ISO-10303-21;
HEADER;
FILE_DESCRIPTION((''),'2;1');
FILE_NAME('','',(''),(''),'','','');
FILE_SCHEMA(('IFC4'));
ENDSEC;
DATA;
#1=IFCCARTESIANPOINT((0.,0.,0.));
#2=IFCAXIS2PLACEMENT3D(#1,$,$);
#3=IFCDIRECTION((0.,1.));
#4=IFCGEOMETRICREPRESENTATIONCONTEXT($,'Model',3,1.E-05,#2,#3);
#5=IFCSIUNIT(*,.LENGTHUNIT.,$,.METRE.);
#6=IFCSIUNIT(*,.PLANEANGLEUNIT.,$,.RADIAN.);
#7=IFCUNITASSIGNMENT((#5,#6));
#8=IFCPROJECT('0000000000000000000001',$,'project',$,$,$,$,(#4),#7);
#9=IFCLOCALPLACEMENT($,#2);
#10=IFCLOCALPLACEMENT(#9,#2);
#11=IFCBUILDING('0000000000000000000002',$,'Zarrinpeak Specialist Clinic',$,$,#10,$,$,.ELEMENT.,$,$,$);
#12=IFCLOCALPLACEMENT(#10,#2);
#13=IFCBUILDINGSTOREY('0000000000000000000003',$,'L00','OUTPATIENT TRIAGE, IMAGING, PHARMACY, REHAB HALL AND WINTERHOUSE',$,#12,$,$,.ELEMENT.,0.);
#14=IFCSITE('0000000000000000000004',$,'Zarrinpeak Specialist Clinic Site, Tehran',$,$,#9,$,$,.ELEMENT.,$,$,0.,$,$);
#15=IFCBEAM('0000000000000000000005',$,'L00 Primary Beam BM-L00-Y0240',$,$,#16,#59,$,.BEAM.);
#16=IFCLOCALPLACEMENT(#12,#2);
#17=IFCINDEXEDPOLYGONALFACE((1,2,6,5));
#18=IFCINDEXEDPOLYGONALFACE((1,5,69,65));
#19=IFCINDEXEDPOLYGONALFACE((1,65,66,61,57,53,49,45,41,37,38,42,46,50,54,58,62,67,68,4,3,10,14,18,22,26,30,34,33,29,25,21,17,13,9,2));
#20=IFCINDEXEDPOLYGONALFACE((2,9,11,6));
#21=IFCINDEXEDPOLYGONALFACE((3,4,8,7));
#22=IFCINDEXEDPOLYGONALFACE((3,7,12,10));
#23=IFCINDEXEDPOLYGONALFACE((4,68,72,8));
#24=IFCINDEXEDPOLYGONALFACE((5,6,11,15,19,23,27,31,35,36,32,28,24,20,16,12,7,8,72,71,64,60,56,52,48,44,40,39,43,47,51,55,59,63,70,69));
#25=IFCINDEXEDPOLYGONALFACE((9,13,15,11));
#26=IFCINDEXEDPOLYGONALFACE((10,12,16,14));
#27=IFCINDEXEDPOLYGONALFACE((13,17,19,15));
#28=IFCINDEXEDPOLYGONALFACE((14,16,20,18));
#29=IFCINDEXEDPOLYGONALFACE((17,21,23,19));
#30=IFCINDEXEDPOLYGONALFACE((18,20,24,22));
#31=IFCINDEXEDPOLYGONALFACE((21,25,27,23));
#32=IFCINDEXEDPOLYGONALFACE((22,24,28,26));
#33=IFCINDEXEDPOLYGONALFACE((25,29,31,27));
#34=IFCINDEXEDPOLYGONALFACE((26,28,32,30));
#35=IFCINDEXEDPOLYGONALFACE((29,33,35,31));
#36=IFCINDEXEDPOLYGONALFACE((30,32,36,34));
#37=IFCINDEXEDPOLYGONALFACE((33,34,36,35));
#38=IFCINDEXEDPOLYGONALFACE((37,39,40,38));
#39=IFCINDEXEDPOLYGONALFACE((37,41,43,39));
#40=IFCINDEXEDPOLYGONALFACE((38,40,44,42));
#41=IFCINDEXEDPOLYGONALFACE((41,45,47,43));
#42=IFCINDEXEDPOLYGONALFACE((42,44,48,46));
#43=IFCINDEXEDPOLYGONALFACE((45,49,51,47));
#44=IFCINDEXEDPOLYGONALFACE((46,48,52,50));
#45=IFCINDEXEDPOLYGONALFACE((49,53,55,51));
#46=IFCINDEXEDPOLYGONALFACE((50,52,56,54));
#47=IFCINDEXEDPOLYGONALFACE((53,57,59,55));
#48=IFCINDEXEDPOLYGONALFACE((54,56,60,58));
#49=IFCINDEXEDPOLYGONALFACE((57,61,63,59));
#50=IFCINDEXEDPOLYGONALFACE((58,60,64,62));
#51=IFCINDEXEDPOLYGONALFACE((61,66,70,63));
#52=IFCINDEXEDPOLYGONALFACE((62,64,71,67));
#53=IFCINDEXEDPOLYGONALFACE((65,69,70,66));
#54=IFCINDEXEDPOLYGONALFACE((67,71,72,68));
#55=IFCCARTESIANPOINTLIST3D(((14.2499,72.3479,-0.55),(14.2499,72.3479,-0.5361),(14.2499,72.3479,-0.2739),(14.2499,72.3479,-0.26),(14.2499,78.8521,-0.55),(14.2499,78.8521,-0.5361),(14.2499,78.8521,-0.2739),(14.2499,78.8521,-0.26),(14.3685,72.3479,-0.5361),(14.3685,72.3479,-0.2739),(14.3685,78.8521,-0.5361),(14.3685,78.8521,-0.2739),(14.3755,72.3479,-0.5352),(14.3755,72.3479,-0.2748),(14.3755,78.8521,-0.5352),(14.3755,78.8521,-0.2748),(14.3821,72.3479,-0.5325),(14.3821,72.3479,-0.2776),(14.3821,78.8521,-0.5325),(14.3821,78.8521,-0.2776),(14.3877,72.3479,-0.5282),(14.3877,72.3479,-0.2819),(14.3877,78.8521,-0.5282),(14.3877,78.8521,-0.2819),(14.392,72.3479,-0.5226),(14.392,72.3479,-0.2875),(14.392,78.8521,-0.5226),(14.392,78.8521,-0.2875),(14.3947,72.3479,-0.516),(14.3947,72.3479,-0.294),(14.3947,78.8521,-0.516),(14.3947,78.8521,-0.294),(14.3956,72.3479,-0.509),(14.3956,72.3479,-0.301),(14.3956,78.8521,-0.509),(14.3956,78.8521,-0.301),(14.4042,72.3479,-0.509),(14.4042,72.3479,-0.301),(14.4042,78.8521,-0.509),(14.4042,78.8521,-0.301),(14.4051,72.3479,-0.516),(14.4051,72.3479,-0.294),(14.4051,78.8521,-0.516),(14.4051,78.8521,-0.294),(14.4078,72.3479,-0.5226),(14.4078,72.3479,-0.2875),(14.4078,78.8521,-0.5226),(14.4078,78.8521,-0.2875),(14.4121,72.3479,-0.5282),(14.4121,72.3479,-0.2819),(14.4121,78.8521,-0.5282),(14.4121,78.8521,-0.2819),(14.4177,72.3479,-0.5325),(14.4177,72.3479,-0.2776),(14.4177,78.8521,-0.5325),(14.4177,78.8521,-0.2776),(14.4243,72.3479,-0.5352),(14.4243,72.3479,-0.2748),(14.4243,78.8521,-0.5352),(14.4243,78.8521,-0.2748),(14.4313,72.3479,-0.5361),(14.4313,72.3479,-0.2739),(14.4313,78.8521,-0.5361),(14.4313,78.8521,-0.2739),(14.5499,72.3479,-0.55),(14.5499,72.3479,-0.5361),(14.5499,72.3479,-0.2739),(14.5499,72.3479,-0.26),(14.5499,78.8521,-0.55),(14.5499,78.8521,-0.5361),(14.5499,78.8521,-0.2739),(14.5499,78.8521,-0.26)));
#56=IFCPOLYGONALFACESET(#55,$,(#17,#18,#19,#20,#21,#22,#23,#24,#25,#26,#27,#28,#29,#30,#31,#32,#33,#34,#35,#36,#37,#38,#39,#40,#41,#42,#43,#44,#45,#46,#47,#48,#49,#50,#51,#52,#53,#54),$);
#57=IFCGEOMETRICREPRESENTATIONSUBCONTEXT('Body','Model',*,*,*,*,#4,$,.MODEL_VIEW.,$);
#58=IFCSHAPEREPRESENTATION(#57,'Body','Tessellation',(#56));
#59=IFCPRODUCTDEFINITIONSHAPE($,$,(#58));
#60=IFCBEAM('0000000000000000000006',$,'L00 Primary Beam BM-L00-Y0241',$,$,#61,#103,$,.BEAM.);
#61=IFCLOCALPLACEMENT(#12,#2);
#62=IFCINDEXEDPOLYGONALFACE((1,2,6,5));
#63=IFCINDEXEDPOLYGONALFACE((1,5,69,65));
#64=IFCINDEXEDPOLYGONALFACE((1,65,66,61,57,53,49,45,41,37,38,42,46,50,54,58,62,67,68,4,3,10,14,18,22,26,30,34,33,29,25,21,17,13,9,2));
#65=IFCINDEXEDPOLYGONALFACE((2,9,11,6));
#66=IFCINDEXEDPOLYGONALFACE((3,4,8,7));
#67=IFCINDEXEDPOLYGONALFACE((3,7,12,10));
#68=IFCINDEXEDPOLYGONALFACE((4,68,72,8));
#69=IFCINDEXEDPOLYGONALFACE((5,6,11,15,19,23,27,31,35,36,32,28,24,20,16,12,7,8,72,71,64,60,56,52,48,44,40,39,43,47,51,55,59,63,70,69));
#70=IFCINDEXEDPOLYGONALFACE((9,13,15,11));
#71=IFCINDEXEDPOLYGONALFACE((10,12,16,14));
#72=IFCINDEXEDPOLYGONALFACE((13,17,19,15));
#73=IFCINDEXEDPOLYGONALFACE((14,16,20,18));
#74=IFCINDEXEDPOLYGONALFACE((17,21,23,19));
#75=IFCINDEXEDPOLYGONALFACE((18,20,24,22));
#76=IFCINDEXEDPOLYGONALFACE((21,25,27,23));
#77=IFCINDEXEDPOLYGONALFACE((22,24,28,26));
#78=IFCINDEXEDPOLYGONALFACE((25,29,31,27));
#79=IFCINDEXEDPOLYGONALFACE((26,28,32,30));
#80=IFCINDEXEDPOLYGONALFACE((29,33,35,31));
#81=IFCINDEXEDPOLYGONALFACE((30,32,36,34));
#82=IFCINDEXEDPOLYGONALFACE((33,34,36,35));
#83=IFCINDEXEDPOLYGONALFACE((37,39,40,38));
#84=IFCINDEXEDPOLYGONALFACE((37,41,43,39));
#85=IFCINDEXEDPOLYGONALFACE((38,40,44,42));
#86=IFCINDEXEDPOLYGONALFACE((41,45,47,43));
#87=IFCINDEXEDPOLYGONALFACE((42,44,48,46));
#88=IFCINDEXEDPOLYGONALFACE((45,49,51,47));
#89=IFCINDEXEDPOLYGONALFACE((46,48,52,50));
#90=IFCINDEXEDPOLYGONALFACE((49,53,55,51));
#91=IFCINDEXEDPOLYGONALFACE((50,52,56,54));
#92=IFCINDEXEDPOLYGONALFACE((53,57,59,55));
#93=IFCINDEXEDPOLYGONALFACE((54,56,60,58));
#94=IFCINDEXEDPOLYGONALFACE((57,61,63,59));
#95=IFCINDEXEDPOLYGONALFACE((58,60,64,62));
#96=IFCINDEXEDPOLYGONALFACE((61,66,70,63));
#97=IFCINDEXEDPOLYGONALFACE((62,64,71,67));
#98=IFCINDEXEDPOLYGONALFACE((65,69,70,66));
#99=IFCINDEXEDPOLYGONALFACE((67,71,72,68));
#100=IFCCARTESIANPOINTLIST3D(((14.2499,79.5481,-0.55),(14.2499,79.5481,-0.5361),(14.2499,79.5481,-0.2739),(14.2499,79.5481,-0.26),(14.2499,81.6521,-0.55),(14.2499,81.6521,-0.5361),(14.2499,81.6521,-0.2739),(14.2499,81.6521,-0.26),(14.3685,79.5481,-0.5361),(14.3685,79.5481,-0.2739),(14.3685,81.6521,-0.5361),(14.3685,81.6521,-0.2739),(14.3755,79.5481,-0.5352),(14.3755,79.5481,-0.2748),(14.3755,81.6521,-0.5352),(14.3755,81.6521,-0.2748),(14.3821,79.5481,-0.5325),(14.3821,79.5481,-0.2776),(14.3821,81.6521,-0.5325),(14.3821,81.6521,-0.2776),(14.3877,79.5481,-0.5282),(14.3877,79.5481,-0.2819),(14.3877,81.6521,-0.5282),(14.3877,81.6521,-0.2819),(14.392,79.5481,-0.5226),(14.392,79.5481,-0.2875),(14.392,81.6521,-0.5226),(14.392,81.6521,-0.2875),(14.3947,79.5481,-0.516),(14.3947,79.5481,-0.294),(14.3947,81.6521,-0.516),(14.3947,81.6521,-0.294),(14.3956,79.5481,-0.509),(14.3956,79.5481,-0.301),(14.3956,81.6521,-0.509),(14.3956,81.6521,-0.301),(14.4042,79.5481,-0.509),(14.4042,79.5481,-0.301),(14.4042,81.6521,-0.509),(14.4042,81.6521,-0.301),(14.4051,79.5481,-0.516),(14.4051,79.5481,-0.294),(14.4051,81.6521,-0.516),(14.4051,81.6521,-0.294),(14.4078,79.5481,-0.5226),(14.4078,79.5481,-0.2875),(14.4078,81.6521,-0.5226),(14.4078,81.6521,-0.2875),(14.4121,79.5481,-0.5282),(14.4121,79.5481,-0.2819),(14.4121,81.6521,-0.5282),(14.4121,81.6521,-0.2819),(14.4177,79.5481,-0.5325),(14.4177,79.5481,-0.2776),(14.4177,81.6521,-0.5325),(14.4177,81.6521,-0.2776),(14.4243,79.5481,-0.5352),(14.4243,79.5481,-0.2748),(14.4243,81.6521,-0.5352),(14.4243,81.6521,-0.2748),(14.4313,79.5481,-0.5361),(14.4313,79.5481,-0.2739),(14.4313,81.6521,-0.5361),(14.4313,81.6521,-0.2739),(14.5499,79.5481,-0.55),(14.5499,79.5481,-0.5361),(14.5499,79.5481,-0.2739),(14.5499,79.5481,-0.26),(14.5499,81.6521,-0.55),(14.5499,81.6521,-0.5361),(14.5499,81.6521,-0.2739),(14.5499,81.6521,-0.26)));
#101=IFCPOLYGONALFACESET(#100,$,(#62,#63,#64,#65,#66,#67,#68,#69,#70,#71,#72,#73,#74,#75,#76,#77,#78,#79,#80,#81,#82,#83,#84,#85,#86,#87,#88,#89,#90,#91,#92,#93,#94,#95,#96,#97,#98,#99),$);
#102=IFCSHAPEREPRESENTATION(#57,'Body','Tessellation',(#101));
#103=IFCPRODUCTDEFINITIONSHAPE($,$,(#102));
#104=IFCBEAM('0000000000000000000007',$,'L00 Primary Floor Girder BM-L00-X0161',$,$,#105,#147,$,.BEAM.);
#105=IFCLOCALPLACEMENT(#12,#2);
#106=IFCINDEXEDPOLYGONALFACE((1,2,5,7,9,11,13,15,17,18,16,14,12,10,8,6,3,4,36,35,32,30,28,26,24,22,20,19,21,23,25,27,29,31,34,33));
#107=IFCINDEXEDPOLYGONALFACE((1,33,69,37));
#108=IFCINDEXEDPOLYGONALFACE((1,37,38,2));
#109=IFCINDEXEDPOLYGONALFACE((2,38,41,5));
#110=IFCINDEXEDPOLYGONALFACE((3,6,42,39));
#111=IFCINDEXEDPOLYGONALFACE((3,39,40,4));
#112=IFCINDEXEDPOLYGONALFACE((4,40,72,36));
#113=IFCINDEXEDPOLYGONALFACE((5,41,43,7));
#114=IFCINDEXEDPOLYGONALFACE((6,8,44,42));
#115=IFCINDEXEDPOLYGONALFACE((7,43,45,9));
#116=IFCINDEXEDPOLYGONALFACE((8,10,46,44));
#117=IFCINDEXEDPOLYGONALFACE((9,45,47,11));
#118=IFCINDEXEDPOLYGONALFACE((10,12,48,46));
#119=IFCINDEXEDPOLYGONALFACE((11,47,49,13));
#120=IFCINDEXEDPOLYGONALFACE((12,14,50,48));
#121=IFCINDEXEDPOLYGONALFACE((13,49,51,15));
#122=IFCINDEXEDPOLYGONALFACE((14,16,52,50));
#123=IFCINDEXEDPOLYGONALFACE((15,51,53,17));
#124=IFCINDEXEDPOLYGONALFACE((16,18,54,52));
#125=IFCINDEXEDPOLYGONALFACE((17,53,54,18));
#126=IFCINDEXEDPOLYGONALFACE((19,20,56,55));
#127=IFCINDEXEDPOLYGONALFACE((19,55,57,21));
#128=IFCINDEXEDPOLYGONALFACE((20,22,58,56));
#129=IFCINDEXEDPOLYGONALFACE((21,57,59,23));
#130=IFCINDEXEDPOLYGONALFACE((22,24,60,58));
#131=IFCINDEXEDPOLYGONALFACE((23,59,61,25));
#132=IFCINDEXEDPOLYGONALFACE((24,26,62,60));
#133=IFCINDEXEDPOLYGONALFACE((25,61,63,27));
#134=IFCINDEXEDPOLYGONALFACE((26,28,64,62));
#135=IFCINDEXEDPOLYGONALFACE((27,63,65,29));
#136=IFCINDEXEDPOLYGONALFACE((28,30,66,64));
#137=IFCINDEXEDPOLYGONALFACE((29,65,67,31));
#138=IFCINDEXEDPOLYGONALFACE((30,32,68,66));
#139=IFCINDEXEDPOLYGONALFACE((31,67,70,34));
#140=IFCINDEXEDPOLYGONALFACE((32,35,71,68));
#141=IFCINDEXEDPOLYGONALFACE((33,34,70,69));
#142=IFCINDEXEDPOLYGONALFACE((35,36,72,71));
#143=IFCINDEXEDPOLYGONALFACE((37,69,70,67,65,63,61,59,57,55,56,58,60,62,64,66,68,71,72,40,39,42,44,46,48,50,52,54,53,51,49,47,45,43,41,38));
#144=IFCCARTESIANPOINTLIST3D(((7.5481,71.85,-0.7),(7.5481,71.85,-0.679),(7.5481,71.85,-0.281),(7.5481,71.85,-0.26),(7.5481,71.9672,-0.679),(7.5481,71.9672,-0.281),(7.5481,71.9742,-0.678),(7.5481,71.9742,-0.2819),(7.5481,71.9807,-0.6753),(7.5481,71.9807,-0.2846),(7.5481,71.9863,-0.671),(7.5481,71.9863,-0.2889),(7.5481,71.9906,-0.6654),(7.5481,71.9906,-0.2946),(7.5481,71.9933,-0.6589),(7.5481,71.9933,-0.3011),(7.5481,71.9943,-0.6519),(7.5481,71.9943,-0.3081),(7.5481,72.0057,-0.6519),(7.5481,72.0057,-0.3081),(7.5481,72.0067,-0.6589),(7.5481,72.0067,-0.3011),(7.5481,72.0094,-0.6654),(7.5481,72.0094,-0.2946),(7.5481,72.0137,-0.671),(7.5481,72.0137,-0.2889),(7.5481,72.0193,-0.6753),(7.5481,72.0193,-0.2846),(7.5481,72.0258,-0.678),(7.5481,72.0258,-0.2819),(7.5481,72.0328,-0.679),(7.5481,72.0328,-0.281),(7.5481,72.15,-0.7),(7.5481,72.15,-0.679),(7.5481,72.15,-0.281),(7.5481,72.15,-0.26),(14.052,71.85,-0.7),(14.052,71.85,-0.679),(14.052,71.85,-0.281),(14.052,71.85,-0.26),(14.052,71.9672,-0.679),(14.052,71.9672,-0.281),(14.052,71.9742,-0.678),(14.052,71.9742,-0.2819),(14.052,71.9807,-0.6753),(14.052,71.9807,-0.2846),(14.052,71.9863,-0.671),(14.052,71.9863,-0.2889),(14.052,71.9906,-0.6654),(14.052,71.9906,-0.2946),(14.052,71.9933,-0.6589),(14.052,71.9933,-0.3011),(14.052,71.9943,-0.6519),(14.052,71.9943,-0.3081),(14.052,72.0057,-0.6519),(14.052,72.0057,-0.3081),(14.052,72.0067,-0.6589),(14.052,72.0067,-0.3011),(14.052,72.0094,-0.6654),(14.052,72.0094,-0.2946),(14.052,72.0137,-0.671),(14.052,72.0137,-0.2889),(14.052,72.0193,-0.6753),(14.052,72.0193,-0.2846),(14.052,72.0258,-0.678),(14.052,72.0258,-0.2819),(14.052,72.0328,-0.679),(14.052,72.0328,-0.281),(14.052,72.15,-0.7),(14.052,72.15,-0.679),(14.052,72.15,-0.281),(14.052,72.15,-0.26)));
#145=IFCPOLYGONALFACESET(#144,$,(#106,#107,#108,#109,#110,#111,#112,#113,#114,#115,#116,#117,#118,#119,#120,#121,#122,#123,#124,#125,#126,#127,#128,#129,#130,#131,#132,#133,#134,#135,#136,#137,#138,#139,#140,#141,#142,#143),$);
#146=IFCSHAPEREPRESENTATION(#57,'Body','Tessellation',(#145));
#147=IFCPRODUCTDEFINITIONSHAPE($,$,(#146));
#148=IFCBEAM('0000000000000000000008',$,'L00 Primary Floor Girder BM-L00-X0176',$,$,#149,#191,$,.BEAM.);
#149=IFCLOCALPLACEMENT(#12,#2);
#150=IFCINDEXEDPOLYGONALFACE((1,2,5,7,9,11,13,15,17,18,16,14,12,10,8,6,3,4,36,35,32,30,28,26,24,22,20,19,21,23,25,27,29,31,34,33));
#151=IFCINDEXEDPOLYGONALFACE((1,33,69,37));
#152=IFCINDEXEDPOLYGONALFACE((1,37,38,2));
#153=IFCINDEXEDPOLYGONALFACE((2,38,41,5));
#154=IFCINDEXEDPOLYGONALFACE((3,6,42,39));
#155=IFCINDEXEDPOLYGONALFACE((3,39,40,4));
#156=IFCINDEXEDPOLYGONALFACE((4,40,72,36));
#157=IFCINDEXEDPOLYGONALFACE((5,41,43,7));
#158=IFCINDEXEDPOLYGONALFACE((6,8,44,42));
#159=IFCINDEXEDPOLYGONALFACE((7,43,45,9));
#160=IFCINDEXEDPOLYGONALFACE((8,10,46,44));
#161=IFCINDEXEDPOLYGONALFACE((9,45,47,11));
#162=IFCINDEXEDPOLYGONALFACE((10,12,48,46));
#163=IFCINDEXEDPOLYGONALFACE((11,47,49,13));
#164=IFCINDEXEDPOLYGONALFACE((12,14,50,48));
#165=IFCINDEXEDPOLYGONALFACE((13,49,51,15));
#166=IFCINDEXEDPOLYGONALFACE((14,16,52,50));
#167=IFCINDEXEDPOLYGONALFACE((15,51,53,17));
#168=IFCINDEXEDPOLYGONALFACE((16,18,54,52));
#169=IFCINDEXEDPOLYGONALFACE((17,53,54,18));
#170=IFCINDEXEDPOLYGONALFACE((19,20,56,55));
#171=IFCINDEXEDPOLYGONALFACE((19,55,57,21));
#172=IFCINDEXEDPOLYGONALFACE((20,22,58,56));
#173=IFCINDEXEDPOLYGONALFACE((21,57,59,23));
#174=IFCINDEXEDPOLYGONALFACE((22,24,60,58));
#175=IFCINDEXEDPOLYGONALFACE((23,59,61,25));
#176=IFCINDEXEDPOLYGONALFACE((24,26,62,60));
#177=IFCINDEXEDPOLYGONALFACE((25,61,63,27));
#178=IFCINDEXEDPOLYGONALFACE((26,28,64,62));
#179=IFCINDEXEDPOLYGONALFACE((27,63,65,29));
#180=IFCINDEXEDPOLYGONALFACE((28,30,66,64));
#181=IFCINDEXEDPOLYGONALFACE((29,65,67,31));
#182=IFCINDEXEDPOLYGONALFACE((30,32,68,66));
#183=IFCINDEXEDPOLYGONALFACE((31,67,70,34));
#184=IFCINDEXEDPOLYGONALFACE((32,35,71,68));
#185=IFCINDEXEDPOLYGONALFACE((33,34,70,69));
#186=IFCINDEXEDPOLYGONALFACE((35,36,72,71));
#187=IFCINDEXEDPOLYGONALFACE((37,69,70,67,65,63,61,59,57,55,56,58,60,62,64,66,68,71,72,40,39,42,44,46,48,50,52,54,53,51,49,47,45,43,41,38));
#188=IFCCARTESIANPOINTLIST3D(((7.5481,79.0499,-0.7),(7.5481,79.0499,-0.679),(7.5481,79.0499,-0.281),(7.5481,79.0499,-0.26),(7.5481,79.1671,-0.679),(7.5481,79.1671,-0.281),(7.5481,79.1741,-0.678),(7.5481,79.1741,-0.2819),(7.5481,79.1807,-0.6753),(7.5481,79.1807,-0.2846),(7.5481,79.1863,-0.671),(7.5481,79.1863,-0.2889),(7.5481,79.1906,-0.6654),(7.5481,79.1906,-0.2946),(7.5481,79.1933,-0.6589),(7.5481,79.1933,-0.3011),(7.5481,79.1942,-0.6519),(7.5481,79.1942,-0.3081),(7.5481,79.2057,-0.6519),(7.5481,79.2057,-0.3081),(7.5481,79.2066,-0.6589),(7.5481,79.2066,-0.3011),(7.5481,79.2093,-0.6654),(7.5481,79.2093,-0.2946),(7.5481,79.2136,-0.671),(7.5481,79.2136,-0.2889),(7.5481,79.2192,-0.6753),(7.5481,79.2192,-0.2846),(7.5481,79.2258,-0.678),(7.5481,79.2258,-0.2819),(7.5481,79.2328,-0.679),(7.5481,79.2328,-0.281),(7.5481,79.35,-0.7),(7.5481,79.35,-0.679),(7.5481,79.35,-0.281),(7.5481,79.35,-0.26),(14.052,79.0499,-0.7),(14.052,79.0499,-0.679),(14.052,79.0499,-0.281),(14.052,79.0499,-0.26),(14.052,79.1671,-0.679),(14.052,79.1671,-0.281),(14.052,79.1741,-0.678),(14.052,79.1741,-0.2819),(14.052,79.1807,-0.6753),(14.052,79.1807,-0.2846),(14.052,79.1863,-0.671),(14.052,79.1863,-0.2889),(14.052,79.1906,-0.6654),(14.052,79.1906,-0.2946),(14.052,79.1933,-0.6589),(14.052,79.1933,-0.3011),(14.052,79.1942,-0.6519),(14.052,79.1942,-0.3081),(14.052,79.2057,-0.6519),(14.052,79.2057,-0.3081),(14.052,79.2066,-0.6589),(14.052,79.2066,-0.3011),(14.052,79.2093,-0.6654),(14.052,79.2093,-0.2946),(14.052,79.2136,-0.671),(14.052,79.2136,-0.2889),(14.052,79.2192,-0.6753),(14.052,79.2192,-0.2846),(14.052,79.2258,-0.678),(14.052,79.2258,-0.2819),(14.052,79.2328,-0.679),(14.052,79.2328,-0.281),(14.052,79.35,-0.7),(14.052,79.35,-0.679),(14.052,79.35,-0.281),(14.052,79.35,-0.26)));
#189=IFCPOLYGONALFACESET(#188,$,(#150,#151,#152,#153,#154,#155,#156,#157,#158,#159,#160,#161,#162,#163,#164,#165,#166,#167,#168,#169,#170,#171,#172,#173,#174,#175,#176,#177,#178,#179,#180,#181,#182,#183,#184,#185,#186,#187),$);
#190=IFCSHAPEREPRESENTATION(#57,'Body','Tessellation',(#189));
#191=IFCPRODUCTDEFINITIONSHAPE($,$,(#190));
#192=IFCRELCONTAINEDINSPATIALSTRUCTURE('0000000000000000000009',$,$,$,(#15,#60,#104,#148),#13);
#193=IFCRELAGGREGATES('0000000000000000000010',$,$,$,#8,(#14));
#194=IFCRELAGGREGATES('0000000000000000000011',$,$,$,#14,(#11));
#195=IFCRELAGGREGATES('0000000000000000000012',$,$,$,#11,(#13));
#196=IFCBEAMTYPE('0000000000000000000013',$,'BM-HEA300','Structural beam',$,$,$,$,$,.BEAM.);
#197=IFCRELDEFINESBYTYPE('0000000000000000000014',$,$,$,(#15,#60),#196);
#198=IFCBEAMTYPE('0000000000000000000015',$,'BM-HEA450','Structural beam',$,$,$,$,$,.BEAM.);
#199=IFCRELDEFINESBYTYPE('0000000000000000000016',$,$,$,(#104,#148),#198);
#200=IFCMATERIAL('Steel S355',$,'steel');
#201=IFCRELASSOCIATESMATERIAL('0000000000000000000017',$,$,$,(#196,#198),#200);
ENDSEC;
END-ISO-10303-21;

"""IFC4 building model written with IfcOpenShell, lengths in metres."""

from ifc_helpers import new_model, si_unit, direction, frame, origin, origin_2d, place, context, subcontext, project, spatial, i_section, extrude, material, material_profile, profile_set, type_object, element, save


model = new_model("IFC4")

# Units and contexts
model_context = context("Model", 3, precision=1e-05, world=origin(), true_north=direction((0.0, 1.0)))
body_context = subcontext(model_context, "Body", "Model", "MODEL_VIEW")
ifc_project = project(units=[si_unit("LENGTHUNIT", "METRE"), si_unit("PLANEANGLEUNIT", "RADIAN")], contexts=[model_context])

# Site, building, storey
site_placement = place(None, origin())
site = spatial("IfcSite", under=ifc_project, at=site_placement, Name="Zarrinpeak Specialist Clinic Site, Tehran", CompositionType="ELEMENT", RefElevation=0.0)
building_placement = place(site_placement, origin())
building = spatial("IfcBuilding", under=site, at=building_placement, Name="Zarrinpeak Specialist Clinic", CompositionType="ELEMENT")
storey_placement = place(building_placement, origin())
storey = spatial("IfcBuildingStorey", under=building, at=storey_placement, Name="L00", Description="OUTPATIENT TRIAGE, IMAGING, PHARMACY, REHAB HALL AND WINTERHOUSE", CompositionType="ELEMENT", Elevation=0.0)

# Shared definitions
ifc_material_1 = material(Name="Steel S355", Category="steel")

# Beams
ifc_material_profile_1 = material_profile(ifc_material_1, i_section(OverallWidth=0.3, OverallDepth=0.29, WebThickness=0.0085, FlangeThickness=0.0139, FilletRadius=0.0271, at=origin_2d()), Name="HEA 300")
ifc_profile_set_1 = profile_set([ifc_material_profile_1], Name="Steel S355")
beam_type_1 = type_object("IfcBeamType", Name="BM-HEA300", Description="Structural beam", PredefinedType="BEAM", material=ifc_profile_set_1)
beam_1_placement = place(storey_placement, frame((14.3999, 72.3479, -0.405), z_axis=(0.0, 1.0, 0.0), x_axis=(-1.0, 0.0, 0.0)))
element("IfcBeam", 1, at=beam_1_placement, inside=storey, type_object=beam_type_1, Name="L00 Primary Beam BM-L00-Y0240", PredefinedType="BEAM", context=body_context, shape_type="SweptSolid", body=[
    extrude(i_section(OverallWidth=0.3, OverallDepth=0.29, WebThickness=0.0085, FlangeThickness=0.0139, FilletRadius=0.0271, at=origin_2d()), origin(), (0.0, 0.0, 1.0), 6.5042),
])
beam_2_placement = place(storey_placement, frame((14.3999, 79.5481, -0.405), z_axis=(0.0, 1.0, 0.0), x_axis=(-1.0, 0.0, 0.0)))
element("IfcBeam", 2, at=beam_2_placement, inside=storey, type_object=beam_type_1, Name="L00 Primary Beam BM-L00-Y0241", PredefinedType="BEAM", context=body_context, shape_type="SweptSolid", body=[
    extrude(i_section(OverallWidth=0.3, OverallDepth=0.29, WebThickness=0.0085, FlangeThickness=0.0139, FilletRadius=0.0271, at=origin_2d()), origin(), (0.0, 0.0, 1.0), 2.104),
])
ifc_material_profile_2 = material_profile(ifc_material_1, i_section(OverallWidth=0.3, OverallDepth=0.4399, WebThickness=0.0115, FlangeThickness=0.021, FilletRadius=0.0271, at=origin_2d()), Name="HEA 450")
ifc_profile_set_2 = profile_set([ifc_material_profile_2], Name="Steel S355")
beam_type_2 = type_object("IfcBeamType", Name="BM-HEA450", Description="Structural beam", PredefinedType="BEAM", material=ifc_profile_set_2)
for number, where, z_axis, x_axis, name in (
    (3, (7.5481, 72.0, -0.48), (1.0, 0.0, 0.0), (0.0, 1.0, 0.0), "L00 Primary Floor Girder BM-L00-X0161"),
    (4, (7.5481, 79.2, -0.48), (1.0, 0.0, 0.0), (0.0, 1.0, 0.0), "L00 Primary Floor Girder BM-L00-X0176"),
):
    element("IfcBeam", number, at=place(storey_placement, frame(where, z_axis=z_axis, x_axis=x_axis)), inside=storey, type_object=beam_type_2, Name=name, PredefinedType="BEAM", context=body_context, shape_type="SweptSolid", body=[
        extrude(i_section(OverallWidth=0.3, OverallDepth=0.4399, WebThickness=0.0115, FlangeThickness=0.021, FilletRadius=0.0271, at=origin_2d()), origin(), (0.0, 0.0, 1.0), 6.5039),
    ])

save(model, "model.ifc")
